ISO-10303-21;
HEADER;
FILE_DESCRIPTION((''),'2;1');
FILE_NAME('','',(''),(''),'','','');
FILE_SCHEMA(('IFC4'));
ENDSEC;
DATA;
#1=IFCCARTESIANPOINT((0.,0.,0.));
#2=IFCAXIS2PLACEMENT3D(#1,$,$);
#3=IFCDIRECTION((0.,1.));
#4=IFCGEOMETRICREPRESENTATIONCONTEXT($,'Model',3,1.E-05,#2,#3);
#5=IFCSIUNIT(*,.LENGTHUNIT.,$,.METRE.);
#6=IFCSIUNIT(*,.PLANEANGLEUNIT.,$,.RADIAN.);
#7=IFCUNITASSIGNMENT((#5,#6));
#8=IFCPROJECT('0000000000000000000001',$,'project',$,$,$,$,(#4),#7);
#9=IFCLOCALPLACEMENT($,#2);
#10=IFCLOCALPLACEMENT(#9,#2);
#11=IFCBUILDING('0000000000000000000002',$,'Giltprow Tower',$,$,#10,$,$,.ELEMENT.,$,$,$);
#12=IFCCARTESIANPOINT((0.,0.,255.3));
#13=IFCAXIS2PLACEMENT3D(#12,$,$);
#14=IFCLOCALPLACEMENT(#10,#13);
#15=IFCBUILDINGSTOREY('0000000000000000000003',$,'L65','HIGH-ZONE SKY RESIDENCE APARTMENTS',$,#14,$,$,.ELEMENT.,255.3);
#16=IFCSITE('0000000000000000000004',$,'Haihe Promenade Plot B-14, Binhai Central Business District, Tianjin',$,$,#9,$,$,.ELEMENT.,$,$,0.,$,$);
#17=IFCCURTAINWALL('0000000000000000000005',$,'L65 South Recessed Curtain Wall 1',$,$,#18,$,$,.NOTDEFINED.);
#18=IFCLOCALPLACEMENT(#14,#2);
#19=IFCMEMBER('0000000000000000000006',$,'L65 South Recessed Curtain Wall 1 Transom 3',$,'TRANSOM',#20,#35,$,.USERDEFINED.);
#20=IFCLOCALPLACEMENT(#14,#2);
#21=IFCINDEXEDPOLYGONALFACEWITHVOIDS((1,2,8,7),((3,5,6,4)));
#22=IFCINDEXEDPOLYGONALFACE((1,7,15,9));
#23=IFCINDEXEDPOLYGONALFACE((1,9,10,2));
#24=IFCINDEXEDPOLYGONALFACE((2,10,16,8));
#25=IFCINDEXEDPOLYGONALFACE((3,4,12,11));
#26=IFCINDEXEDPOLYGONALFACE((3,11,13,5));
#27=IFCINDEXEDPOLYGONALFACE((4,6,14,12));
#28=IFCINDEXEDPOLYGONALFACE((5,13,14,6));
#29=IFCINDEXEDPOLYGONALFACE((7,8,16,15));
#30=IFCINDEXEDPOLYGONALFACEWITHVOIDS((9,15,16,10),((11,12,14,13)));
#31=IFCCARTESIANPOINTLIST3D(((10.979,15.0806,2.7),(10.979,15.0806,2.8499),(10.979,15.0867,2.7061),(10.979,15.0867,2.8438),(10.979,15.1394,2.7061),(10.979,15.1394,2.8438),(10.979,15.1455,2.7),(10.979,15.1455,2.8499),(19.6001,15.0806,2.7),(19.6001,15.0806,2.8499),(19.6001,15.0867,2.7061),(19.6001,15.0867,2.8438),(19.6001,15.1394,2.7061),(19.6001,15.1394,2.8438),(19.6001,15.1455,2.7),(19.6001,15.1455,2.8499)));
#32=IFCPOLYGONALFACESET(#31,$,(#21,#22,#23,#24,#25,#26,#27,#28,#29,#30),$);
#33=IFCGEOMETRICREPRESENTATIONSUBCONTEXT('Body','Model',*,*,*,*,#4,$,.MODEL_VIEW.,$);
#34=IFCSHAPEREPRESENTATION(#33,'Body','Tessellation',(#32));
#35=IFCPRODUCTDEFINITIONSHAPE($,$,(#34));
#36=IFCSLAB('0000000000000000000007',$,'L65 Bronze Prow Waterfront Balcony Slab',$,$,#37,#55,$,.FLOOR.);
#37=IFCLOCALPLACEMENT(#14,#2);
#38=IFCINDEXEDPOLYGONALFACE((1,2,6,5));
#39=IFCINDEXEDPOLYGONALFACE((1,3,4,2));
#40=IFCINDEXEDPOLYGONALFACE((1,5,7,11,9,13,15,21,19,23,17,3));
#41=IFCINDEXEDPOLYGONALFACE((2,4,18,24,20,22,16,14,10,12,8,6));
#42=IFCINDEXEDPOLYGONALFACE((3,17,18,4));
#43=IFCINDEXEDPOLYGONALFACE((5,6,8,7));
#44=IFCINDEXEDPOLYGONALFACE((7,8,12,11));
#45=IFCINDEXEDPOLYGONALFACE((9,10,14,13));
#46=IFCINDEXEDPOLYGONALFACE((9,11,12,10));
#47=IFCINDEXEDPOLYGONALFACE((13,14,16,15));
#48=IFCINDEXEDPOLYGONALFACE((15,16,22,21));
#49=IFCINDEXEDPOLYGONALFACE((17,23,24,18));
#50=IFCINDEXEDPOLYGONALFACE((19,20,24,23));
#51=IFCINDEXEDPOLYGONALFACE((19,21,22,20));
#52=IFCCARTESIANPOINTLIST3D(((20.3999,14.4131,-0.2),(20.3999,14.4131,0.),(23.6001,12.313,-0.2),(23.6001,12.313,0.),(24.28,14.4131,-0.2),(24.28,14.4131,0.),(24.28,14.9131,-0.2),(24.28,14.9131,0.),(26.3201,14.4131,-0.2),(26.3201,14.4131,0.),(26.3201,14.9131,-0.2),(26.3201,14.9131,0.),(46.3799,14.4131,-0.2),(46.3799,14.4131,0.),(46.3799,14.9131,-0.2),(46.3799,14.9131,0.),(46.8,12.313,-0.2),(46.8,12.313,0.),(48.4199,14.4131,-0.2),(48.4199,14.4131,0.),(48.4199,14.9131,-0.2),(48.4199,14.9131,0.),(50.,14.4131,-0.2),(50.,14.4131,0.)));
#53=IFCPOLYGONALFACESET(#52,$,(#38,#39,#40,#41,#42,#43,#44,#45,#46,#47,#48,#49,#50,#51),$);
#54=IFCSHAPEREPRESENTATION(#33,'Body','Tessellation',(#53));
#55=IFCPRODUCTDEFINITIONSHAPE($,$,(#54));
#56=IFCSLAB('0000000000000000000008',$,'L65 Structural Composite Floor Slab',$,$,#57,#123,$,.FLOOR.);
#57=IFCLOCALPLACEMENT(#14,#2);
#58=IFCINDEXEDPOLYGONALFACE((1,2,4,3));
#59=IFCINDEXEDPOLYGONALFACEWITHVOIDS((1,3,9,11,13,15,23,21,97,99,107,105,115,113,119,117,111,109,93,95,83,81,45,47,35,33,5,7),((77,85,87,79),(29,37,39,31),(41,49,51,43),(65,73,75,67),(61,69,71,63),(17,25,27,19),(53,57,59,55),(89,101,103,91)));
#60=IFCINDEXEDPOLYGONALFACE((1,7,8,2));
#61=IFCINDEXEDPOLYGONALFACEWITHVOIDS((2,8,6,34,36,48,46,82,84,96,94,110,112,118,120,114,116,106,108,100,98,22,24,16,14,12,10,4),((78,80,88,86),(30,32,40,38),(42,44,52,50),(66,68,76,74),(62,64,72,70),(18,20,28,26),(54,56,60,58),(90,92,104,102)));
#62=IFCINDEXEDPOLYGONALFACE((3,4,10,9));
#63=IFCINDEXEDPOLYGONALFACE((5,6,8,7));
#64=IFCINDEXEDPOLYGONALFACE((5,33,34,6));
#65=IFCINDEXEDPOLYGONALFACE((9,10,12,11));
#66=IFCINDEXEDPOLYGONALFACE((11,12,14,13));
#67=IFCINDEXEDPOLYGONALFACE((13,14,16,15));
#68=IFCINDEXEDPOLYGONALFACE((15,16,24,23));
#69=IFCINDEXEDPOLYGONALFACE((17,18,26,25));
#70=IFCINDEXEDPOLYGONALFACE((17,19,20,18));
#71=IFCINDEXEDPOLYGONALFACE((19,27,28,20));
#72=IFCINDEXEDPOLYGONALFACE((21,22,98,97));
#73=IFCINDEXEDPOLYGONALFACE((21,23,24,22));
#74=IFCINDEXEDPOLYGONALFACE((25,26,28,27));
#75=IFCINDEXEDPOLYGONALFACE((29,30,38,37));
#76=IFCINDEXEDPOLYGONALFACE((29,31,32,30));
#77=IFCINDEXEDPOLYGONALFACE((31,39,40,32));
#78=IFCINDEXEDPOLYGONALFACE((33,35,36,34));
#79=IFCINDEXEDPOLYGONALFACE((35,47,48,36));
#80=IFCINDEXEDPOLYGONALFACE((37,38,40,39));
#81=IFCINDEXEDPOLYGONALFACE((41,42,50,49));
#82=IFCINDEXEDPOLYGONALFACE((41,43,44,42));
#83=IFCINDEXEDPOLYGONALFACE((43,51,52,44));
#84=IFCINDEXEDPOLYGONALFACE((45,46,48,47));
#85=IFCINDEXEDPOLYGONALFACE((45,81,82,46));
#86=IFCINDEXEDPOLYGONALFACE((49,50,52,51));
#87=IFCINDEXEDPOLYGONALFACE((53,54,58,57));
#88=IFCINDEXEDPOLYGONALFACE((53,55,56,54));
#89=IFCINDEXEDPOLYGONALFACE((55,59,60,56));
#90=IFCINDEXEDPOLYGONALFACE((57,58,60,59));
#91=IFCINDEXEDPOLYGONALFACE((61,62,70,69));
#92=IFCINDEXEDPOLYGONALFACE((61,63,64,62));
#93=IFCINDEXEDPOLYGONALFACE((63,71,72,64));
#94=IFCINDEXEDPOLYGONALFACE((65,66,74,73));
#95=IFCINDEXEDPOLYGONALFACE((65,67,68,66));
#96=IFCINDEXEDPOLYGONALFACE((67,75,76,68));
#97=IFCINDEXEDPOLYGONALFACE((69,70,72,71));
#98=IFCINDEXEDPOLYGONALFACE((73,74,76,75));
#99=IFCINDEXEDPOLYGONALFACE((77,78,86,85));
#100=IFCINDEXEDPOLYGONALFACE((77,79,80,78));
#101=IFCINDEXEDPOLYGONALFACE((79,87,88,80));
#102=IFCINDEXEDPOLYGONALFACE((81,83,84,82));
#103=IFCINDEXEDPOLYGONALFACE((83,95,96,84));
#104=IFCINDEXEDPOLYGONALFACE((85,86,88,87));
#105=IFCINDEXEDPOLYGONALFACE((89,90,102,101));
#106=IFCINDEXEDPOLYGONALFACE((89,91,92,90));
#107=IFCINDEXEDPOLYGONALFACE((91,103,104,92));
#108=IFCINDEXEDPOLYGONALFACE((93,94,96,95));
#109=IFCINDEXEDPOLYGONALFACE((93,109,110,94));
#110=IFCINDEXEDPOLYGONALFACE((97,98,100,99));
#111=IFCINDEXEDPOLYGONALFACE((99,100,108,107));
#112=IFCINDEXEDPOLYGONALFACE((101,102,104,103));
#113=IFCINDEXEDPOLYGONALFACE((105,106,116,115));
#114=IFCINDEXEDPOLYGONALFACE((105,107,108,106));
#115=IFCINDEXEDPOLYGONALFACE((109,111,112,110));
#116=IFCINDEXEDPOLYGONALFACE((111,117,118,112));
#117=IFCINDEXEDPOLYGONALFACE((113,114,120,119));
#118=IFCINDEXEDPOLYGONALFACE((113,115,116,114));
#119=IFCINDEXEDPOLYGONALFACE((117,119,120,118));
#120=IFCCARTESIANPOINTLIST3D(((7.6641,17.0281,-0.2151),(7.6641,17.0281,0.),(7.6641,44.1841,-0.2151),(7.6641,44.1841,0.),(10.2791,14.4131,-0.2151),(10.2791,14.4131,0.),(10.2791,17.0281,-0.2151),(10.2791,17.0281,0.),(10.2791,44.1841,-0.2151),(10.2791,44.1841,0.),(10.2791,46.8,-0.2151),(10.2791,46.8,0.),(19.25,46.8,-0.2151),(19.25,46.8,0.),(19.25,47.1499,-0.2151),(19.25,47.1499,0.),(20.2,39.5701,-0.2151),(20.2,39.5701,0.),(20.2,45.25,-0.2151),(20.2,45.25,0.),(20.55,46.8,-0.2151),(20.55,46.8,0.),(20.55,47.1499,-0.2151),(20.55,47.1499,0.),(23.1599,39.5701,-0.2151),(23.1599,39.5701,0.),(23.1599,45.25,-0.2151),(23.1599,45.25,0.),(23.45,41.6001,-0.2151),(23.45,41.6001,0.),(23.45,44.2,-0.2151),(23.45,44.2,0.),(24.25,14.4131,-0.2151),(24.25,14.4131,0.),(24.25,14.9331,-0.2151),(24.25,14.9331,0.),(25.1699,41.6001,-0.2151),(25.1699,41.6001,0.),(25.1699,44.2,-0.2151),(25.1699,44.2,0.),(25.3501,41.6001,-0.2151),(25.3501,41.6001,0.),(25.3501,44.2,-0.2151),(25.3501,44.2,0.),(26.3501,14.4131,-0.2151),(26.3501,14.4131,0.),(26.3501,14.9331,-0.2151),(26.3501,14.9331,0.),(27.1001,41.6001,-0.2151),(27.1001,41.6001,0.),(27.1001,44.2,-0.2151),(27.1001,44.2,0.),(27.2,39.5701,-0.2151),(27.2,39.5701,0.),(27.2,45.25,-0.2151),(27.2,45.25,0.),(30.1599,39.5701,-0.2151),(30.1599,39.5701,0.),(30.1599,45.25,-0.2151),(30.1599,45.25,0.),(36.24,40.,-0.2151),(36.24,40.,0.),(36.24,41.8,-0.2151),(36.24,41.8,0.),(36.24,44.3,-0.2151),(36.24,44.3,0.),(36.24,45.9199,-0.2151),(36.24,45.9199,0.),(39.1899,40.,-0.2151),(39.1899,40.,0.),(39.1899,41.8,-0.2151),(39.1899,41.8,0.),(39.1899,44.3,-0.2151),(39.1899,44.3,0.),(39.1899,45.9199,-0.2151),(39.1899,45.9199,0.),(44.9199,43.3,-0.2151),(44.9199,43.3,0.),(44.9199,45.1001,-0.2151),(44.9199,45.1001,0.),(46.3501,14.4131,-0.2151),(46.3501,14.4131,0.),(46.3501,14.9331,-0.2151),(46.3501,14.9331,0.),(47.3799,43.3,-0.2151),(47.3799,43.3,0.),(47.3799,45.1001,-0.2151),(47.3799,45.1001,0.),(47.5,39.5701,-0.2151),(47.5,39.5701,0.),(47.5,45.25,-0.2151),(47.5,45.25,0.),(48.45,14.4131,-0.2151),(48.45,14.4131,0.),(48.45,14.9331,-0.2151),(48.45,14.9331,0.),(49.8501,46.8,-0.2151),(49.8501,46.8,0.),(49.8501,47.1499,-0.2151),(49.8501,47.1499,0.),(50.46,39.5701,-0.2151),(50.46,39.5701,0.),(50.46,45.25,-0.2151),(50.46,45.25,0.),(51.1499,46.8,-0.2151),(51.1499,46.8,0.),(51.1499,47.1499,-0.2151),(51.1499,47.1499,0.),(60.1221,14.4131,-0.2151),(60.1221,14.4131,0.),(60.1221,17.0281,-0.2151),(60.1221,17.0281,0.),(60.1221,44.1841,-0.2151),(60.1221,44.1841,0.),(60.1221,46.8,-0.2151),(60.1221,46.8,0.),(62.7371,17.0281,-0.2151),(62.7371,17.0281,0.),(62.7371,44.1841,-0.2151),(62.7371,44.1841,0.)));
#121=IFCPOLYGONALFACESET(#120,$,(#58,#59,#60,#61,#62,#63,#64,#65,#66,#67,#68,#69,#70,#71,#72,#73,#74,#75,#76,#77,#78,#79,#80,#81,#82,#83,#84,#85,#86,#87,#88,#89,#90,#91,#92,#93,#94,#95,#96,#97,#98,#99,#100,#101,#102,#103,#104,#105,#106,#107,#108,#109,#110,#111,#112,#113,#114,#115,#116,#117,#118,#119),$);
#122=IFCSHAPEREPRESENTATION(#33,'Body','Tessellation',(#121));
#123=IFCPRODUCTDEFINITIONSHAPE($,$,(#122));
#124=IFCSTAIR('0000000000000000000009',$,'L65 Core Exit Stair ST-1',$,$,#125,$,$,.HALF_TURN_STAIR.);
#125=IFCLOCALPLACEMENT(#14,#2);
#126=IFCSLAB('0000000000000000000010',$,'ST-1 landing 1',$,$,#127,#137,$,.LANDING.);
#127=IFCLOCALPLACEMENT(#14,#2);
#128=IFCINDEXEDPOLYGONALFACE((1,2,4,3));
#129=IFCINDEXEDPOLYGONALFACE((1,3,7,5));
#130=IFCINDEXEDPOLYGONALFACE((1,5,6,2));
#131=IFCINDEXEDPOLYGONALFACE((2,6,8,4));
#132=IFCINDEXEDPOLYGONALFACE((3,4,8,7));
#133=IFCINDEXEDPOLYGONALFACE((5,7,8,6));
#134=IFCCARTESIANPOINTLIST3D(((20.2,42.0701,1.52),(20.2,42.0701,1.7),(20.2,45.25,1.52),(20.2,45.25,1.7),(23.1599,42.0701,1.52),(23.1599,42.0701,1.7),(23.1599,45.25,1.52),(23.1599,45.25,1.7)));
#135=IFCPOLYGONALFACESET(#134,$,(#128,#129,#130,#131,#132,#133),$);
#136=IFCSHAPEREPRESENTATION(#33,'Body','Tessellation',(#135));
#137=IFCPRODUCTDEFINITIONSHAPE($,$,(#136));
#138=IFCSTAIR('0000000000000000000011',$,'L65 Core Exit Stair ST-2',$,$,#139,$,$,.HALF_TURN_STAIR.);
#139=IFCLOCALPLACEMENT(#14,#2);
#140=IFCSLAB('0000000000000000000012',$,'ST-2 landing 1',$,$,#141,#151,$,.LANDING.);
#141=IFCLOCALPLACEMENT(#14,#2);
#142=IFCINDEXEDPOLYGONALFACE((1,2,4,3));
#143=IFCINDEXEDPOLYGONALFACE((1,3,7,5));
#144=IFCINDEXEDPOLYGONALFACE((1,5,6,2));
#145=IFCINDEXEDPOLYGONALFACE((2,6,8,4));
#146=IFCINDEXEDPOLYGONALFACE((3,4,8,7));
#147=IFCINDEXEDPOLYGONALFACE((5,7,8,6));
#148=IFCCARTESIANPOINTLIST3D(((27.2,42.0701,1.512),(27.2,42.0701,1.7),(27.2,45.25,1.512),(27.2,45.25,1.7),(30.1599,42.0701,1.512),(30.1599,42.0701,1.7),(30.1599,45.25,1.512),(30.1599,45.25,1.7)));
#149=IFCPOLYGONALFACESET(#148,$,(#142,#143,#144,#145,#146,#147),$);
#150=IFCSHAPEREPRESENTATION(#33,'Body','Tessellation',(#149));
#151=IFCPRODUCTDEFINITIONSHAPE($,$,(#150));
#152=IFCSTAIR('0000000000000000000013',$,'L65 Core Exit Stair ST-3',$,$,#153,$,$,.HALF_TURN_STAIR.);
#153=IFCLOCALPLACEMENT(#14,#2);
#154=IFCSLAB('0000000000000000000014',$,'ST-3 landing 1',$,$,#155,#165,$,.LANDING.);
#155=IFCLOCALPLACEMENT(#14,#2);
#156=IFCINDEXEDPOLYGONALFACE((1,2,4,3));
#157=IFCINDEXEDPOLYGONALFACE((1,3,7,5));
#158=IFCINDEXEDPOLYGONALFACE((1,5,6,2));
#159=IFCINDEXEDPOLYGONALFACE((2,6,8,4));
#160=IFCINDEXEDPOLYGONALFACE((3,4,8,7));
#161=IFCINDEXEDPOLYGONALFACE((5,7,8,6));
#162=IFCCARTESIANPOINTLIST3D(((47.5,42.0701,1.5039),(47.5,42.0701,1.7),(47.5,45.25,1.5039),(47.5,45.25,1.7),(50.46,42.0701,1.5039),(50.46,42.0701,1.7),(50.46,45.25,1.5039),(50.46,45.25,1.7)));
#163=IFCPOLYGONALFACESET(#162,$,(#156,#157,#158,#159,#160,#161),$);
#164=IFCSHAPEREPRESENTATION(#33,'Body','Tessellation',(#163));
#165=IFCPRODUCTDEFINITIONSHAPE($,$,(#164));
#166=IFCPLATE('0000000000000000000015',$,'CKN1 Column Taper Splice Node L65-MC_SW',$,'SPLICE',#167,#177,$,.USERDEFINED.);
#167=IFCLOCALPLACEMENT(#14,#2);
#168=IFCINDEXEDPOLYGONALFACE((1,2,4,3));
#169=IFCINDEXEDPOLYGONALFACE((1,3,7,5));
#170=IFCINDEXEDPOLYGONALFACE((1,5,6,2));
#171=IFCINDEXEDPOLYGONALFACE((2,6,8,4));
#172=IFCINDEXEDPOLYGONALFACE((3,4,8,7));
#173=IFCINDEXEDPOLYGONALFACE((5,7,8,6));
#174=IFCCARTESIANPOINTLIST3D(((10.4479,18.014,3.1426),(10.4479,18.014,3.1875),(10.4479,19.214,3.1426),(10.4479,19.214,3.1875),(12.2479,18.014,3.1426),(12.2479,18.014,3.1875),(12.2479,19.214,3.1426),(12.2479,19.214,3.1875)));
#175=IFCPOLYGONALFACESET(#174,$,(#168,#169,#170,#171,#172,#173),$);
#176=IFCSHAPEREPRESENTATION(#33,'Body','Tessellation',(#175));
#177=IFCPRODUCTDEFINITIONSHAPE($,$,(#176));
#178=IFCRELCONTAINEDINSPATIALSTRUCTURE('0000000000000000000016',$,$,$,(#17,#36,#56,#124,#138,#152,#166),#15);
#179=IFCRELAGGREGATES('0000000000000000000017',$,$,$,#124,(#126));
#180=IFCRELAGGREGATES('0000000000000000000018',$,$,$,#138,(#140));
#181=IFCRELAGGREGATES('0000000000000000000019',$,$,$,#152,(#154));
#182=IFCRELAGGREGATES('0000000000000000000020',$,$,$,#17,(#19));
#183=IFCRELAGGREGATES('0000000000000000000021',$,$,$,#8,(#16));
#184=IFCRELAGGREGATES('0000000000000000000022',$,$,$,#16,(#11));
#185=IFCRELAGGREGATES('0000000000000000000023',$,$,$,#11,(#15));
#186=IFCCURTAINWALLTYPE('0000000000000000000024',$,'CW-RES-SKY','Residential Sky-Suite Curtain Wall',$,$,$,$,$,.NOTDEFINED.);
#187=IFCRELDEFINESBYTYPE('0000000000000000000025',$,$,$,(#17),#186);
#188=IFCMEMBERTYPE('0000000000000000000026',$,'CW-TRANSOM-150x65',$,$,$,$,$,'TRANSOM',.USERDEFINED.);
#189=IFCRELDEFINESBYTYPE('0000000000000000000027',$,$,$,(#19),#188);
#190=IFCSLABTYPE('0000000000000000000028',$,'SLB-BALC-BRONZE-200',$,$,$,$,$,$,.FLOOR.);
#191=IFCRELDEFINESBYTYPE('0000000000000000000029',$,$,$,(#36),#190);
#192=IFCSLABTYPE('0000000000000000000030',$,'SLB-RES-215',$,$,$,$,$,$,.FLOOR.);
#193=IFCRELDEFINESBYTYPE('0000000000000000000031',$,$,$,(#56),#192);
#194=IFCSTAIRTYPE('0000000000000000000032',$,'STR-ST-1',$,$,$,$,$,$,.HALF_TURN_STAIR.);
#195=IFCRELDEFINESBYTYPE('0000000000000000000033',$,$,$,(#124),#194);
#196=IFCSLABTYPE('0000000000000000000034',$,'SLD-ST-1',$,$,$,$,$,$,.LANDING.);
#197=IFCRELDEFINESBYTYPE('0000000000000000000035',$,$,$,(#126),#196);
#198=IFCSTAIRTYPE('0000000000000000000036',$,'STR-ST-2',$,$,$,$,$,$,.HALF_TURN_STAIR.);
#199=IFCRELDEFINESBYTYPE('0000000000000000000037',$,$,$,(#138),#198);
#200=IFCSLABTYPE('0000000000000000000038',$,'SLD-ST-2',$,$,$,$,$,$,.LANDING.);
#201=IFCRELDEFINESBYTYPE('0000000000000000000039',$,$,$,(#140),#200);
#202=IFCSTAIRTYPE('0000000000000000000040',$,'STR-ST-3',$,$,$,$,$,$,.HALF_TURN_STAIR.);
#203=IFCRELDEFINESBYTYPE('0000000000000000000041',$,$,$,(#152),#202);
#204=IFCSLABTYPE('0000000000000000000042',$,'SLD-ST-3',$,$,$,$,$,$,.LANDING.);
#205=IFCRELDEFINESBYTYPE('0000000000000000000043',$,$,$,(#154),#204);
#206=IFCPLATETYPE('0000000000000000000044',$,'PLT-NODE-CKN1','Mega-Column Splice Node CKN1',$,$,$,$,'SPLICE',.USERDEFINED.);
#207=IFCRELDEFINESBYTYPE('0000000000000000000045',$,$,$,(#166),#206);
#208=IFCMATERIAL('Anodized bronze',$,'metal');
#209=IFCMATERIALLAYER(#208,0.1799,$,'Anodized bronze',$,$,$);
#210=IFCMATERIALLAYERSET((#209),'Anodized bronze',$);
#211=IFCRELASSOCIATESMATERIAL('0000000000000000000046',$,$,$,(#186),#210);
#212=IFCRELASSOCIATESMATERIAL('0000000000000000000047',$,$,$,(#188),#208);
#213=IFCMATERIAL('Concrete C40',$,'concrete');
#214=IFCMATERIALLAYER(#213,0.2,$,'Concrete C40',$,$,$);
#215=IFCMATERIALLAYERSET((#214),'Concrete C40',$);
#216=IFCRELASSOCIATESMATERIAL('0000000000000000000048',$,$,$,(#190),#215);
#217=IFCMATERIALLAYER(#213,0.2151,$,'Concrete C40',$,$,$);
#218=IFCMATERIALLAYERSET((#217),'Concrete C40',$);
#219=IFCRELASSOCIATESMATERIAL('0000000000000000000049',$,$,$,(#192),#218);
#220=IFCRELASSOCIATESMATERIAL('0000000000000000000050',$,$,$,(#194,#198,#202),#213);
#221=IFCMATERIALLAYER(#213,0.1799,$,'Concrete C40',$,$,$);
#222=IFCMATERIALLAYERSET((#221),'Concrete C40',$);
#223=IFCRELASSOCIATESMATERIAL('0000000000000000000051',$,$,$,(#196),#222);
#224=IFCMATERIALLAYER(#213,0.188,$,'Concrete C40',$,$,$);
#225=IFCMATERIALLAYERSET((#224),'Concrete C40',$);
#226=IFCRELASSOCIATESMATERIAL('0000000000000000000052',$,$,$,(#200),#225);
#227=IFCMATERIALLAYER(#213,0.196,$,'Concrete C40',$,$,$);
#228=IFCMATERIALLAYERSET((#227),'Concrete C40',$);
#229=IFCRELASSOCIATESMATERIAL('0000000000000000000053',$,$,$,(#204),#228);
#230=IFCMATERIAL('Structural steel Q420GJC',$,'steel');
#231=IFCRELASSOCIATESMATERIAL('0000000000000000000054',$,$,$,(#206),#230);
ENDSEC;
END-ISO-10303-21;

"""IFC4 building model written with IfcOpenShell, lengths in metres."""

from ifc_helpers import new_model, si_unit, direction, frame, origin, origin_2d, place, context, subcontext, project, spatial, polyline, rectangle, hollow_rectangle, outline, extrude, source, transform, mapped, material, layer, layer_set, material_profile, profile_set, type_object, element, aggregate, save


model = new_model("IFC4")

# Units and contexts
model_context = context("Model", 3, precision=1e-05, world=origin(), true_north=direction((0.0, 1.0)))
body_context = subcontext(model_context, "Body", "Model", "MODEL_VIEW")
ifc_project = project(units=[si_unit("LENGTHUNIT", "METRE"), si_unit("PLANEANGLEUNIT", "RADIAN")], contexts=[model_context])

# Site, building, storey
site_placement = place(None, origin())
site = spatial("IfcSite", under=ifc_project, at=site_placement, Name="Haihe Promenade Plot B-14, Binhai Central Business District, Tianjin", CompositionType="ELEMENT", RefElevation=0.0)
building_placement = place(site_placement, origin())
building = spatial("IfcBuilding", under=site, at=building_placement, Name="Giltprow Tower", CompositionType="ELEMENT")
storey_placement = place(building_placement, frame((0.0, 0.0, 255.3)))
storey = spatial("IfcBuildingStorey", under=building, at=storey_placement, Name="L65", Description="HIGH-ZONE SKY RESIDENCE APARTMENTS", CompositionType="ELEMENT", Elevation=255.3)

# Shared definitions
ifc_material_1 = material(Name="Structural steel Q420GJC", Category="steel")

# Curtain wall, member
ifc_material_2 = material(Name="Anodized bronze", Category="metal")
ifc_layer_1 = layer(ifc_material_2, 0.1799, Name="Anodized bronze")
ifc_layer_set_1 = layer_set([ifc_layer_1], Name="Anodized bronze")
curtain_wall_type = type_object("IfcCurtainWallType", Name="CW-RES-SKY", Description="Residential Sky-Suite Curtain Wall", PredefinedType="NOTDEFINED", material=ifc_layer_set_1)
curtain_wall_placement = place(storey_placement, origin())
curtain_wall = element("IfcCurtainWall", 1, at=curtain_wall_placement, inside=storey, type_object=curtain_wall_type, Name="L65 South Recessed Curtain Wall 1", PredefinedType="NOTDEFINED")
ifc_material_profile_1 = material_profile(ifc_material_2, hollow_rectangle(XDim=0.0649, YDim=0.1499, WallThickness=0.0061, at=origin_2d()), Name="RHS 150x65x6")
ifc_profile_set_1 = profile_set([ifc_material_profile_1], Name="Anodized bronze")
member_type_1 = type_object("IfcMemberType", Name="CW-TRANSOM-150x65", ElementType="TRANSOM", PredefinedType="USERDEFINED", material=ifc_profile_set_1)
shared_shape_1 = source(origin(), body_context, "Body", "SweptSolid", [
    extrude(hollow_rectangle(XDim=0.0649, YDim=0.1499, WallThickness=0.0061, at=origin_2d()), origin(), (0.0, 0.0, 1.0), 8.6211),
])
member_1_placement = place(storey_placement, frame((10.979, 15.113, 2.7749), z_axis=(1.0, 0.0, 0.0), x_axis=(0.0, 1.0, 0.0)))
member_1 = element("IfcMember", 2, at=member_1_placement, type_object=member_type_1, Name="L65 South Recessed Curtain Wall 1 Transom 3", ObjectType="TRANSOM", PredefinedType="USERDEFINED", context=body_context, shape_type="MappedRepresentation", body=[
    mapped(shared_shape_1, transform((0.0, 0.0, 0.0), x_axis=(1.0, 0.0, 0.0), y_axis=(0.0, 1.0, 0.0), z_axis=(0.0, 0.0, 1.0), scale=1.0)),
])

# Slabs
ifc_material_3 = material(Name="Concrete C40", Category="concrete")
ifc_layer_2 = layer(ifc_material_3, 0.2, Name="Concrete C40")
ifc_layer_set_2 = layer_set([ifc_layer_2], Name="Concrete C40")
slab_type_1 = type_object("IfcSlabType", Name="SLB-BALC-BRONZE-200", PredefinedType="FLOOR", material=ifc_layer_set_2)
slab_1_placement = place(storey_placement, frame((0.0, 0.0, -0.2)))
element("IfcSlab", 3, at=slab_1_placement, inside=storey, type_object=slab_type_1, Name="L65 Bronze Prow Waterfront Balcony Slab", PredefinedType="FLOOR", context=body_context, shape_type="SweptSolid", body=[
    extrude(outline(polyline([(50.0, 14.4131), (46.8, 12.313), (23.6001, 12.313), (20.3999, 14.4131), (24.28, 14.4131), (24.28, 14.9131), (26.3201, 14.9131), (26.3201, 14.4131), (46.3799, 14.4131), (46.3799, 14.9131), (48.4199, 14.9131), (48.4199, 14.4131), (50.0, 14.4131)])), origin(), (0.0, 0.0, 1.0), 0.2),
])
ifc_layer_3 = layer(ifc_material_3, 0.2151, Name="Concrete C40")
ifc_layer_set_3 = layer_set([ifc_layer_3], Name="Concrete C40")
slab_type_2 = type_object("IfcSlabType", Name="SLB-RES-215", PredefinedType="FLOOR", material=ifc_layer_set_3)
slab_2_placement = place(storey_placement, frame((0.0, 0.0, -0.2151)))
element("IfcSlab", 4, at=slab_2_placement, inside=storey, type_object=slab_type_2, Name="L65 Structural Composite Floor Slab", PredefinedType="FLOOR", context=body_context, shape_type="SweptSolid", body=[
    extrude(outline(polyline([(62.7371, 44.1841), (62.7371, 17.0281), (60.1221, 17.0281), (60.1221, 14.4131), (48.45, 14.4131), (48.45, 14.9331), (46.3501, 14.9331), (46.3501, 14.4131), (26.3501, 14.4131), (26.3501, 14.9331), (24.25, 14.9331), (24.25, 14.4131), (10.2791, 14.4131), (10.2791, 17.0281), (7.6641, 17.0281), (7.6641, 44.1841), (10.2791, 44.1841), (10.2791, 46.8), (19.25, 46.8), (19.25, 47.1499), (20.55, 47.1499), (20.55, 46.8), (49.8501, 46.8), (49.8501, 47.1499), (51.1499, 47.1499), (51.1499, 46.8), (60.1221, 46.8), (60.1221, 44.1841), (62.7371, 44.1841)]), holes=[polyline([(39.1899, 41.8), (36.24, 41.8), (36.24, 40.0), (39.1899, 40.0), (39.1899, 41.8)]), polyline([(23.1599, 39.5701), (23.1599, 45.25), (20.2, 45.25), (20.2, 39.5701), (23.1599, 39.5701)]), polyline([(30.1599, 39.5701), (30.1599, 45.25), (27.2, 45.25), (27.2, 39.5701), (30.1599, 39.5701)]), polyline([(50.46, 45.25), (47.5, 45.25), (47.5, 39.5701), (50.46, 39.5701), (50.46, 45.25)]), polyline([(25.1699, 44.2), (23.45, 44.2), (23.45, 41.6001), (25.1699, 41.6001), (25.1699, 44.2)]), polyline([(27.1001, 44.2), (25.3501, 44.2), (25.3501, 41.6001), (27.1001, 41.6001), (27.1001, 44.2)]), polyline([(47.3799, 43.3), (47.3799, 45.1001), (44.9199, 45.1001), (44.9199, 43.3), (47.3799, 43.3)]), polyline([(39.1899, 44.3), (39.1899, 45.9199), (36.24, 45.9199), (36.24, 44.3), (39.1899, 44.3)])]), origin(), (0.0, 0.0, 1.0), 0.2151),
])

# Stairs, slabs
stair_type_1 = type_object("IfcStairType", Name="STR-ST-1", PredefinedType="HALF_TURN_STAIR", material=ifc_material_3)
stair_1_placement = place(storey_placement, origin())
stair_1 = element("IfcStair", 5, at=stair_1_placement, inside=storey, type_object=stair_type_1, Name="L65 Core Exit Stair ST-1", PredefinedType="HALF_TURN_STAIR")
ifc_layer_4 = layer(ifc_material_3, 0.1799, Name="Concrete C40")
ifc_layer_set_4 = layer_set([ifc_layer_4], Name="Concrete C40")
slab_type_3 = type_object("IfcSlabType", Name="SLD-ST-1", PredefinedType="LANDING", material=ifc_layer_set_4)
slab_3_placement = place(storey_placement, frame((0.0, 0.0, 1.52)))
slab_3 = element("IfcSlab", 6, at=slab_3_placement, type_object=slab_type_3, Name="ST-1 landing 1", PredefinedType="LANDING", context=body_context, shape_type="SweptSolid", body=[
    extrude(outline(polyline([(23.1599, 42.0701), (23.1599, 45.25), (20.2, 45.25), (20.2, 42.0701), (23.1599, 42.0701)])), origin(), (0.0, 0.0, 1.0), 0.1799),
])
aggregate(stair_1, [slab_3])
stair_type_2 = type_object("IfcStairType", Name="STR-ST-2", PredefinedType="HALF_TURN_STAIR", material=ifc_material_3)
stair_2_placement = place(storey_placement, origin())
stair_2 = element("IfcStair", 7, at=stair_2_placement, inside=storey, type_object=stair_type_2, Name="L65 Core Exit Stair ST-2", PredefinedType="HALF_TURN_STAIR")
ifc_layer_5 = layer(ifc_material_3, 0.188, Name="Concrete C40")
ifc_layer_set_5 = layer_set([ifc_layer_5], Name="Concrete C40")
slab_type_4 = type_object("IfcSlabType", Name="SLD-ST-2", PredefinedType="LANDING", material=ifc_layer_set_5)
slab_4_placement = place(storey_placement, frame((0.0, 0.0, 1.512)))
slab_4 = element("IfcSlab", 8, at=slab_4_placement, type_object=slab_type_4, Name="ST-2 landing 1", PredefinedType="LANDING", context=body_context, shape_type="SweptSolid", body=[
    extrude(outline(polyline([(30.1599, 42.0701), (30.1599, 45.25), (27.2, 45.25), (27.2, 42.0701), (30.1599, 42.0701)])), origin(), (0.0, 0.0, 1.0), 0.188),
])
aggregate(stair_2, [slab_4])
stair_type_3 = type_object("IfcStairType", Name="STR-ST-3", PredefinedType="HALF_TURN_STAIR", material=ifc_material_3)
stair_3_placement = place(storey_placement, origin())
stair_3 = element("IfcStair", 9, at=stair_3_placement, inside=storey, type_object=stair_type_3, Name="L65 Core Exit Stair ST-3", PredefinedType="HALF_TURN_STAIR")
ifc_layer_6 = layer(ifc_material_3, 0.196, Name="Concrete C40")
ifc_layer_set_6 = layer_set([ifc_layer_6], Name="Concrete C40")
slab_type_5 = type_object("IfcSlabType", Name="SLD-ST-3", PredefinedType="LANDING", material=ifc_layer_set_6)
slab_5_placement = place(storey_placement, frame((0.0, 0.0, 1.5039)))
slab_5 = element("IfcSlab", 10, at=slab_5_placement, type_object=slab_type_5, Name="ST-3 landing 1", PredefinedType="LANDING", context=body_context, shape_type="SweptSolid", body=[
    extrude(outline(polyline([(50.46, 42.0701), (50.46, 45.25), (47.5, 45.25), (47.5, 42.0701), (50.46, 42.0701)])), origin(), (0.0, 0.0, 1.0), 0.196),
])
aggregate(stair_3, [slab_5])

# Plate
plate_type_1 = type_object("IfcPlateType", Name="PLT-NODE-CKN1", Description="Mega-Column Splice Node CKN1", ElementType="SPLICE", PredefinedType="USERDEFINED", material=ifc_material_1)
shared_shape_2 = source(origin(), body_context, "Body", "SweptSolid", [
    extrude(rectangle(XDim=1.8, YDim=1.2, at=origin_2d()), origin(), (0.0, 0.0, 1.0), 0.0449),
])
plate_1_placement = place(storey_placement, frame((11.3479, 18.614, 3.1426), z_axis=(0.0, 0.0, 1.0), x_axis=(1.0, 0.0, 0.0)))
element("IfcPlate", 11, at=plate_1_placement, inside=storey, type_object=plate_type_1, Name="CKN1 Column Taper Splice Node L65-MC_SW", ObjectType="SPLICE", PredefinedType="USERDEFINED", context=body_context, shape_type="MappedRepresentation", body=[
    mapped(shared_shape_2, transform((0.0, 0.0, 0.0), x_axis=(1.0, 0.0, 0.0), y_axis=(0.0, 1.0, 0.0), z_axis=(0.0, 0.0, 1.0), scale=1.0)),
])

aggregate(curtain_wall, [member_1])

save(model, "model.ifc")
